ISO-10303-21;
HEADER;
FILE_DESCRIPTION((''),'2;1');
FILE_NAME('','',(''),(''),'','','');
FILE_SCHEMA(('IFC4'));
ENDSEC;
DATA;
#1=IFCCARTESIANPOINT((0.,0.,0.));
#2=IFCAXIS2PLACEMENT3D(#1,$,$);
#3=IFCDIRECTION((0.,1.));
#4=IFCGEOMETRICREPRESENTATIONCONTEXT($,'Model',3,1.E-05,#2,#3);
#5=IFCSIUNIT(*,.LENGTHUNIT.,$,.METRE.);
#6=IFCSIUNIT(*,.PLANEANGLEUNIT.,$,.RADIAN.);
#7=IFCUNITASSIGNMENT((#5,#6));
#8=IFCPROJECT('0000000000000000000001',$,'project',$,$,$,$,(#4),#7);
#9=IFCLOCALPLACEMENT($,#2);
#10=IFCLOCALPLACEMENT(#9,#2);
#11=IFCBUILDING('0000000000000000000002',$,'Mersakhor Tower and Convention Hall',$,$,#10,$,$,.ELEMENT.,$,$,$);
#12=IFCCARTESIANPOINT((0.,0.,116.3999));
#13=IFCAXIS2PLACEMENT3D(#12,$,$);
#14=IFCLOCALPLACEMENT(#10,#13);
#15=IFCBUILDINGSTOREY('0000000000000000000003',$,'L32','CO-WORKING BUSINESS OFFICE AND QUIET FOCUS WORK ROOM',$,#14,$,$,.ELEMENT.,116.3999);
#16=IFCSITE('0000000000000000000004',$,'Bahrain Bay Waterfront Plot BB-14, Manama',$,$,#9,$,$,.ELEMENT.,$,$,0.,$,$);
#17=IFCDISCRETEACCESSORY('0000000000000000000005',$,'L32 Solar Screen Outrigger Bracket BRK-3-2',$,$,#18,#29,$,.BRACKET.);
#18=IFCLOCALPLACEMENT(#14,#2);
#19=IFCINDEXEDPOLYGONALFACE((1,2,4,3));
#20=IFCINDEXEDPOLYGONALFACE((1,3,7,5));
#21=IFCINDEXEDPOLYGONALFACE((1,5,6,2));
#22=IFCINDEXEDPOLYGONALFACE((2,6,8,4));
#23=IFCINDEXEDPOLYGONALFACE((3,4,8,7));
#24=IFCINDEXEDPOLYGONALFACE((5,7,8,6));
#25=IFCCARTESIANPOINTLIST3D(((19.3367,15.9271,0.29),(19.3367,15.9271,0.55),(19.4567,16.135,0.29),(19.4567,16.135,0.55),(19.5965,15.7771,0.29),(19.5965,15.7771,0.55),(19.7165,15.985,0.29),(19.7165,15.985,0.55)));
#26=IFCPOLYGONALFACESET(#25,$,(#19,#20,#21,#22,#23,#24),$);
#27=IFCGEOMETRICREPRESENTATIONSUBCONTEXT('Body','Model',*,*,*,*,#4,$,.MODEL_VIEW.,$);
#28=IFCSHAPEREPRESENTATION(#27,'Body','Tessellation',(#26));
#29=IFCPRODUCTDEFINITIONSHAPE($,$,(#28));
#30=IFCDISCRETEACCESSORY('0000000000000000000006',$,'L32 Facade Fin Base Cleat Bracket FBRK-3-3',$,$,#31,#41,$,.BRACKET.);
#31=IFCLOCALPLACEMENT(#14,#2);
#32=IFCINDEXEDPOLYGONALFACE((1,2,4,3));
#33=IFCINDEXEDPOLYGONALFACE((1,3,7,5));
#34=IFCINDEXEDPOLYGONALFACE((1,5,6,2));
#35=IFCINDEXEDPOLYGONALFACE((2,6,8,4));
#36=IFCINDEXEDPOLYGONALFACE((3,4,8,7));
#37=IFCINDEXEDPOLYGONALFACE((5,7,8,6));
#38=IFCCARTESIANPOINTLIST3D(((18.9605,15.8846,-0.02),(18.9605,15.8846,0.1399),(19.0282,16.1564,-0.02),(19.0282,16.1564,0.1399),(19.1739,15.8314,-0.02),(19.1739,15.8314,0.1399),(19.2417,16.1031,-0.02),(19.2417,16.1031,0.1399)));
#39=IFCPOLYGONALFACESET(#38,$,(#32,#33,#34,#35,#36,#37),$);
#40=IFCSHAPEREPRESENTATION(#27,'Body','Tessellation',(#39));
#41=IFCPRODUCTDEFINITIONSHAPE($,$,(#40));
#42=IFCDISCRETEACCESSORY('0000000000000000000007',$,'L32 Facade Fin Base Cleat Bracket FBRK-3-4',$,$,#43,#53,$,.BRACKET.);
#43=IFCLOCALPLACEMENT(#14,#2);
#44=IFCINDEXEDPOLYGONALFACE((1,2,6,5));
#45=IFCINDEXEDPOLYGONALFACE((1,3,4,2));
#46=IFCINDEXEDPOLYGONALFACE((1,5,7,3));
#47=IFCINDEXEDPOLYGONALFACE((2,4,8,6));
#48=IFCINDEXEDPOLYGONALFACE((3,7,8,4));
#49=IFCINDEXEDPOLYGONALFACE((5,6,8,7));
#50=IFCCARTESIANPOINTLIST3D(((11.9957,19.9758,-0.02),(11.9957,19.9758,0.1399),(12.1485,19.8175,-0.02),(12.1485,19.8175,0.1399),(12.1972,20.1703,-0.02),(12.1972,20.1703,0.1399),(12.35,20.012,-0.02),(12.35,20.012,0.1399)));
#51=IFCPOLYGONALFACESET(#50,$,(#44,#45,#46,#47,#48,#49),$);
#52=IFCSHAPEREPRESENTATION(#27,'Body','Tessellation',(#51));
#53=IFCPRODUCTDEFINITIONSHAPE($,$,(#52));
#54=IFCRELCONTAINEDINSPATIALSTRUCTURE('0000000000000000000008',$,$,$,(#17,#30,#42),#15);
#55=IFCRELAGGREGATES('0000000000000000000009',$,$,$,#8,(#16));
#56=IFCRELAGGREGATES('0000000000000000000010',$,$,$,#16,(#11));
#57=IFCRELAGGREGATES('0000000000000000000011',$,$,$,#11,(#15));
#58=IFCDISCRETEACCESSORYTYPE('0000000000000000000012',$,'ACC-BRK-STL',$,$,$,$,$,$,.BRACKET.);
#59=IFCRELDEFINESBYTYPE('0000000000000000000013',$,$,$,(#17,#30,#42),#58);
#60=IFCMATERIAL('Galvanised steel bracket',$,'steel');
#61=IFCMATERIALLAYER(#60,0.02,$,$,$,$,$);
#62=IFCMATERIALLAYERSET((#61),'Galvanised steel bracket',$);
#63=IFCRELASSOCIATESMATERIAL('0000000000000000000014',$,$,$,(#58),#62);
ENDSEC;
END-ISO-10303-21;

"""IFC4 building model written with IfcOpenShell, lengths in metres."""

from ifc_helpers import new_model, si_unit, direction, frame, origin, origin_2d, place, context, subcontext, project, spatial, rectangle, extrude, material, layer, layer_set, type_object, element, save


model = new_model("IFC4")

# Units and contexts
model_context = context("Model", 3, precision=1e-05, world=origin(), true_north=direction((0.0, 1.0)))
body_context = subcontext(model_context, "Body", "Model", "MODEL_VIEW")
ifc_project = project(units=[si_unit("LENGTHUNIT", "METRE"), si_unit("PLANEANGLEUNIT", "RADIAN")], contexts=[model_context])

# Site, building, storey
site_placement = place(None, origin())
site = spatial("IfcSite", under=ifc_project, at=site_placement, Name="Bahrain Bay Waterfront Plot BB-14, Manama", CompositionType="ELEMENT", RefElevation=0.0)
building_placement = place(site_placement, origin())
building = spatial("IfcBuilding", under=site, at=building_placement, Name="Mersakhor Tower and Convention Hall", CompositionType="ELEMENT")
storey_placement = place(building_placement, frame((0.0, 0.0, 116.3999)))
storey = spatial("IfcBuildingStorey", under=building, at=storey_placement, Name="L32", Description="CO-WORKING BUSINESS OFFICE AND QUIET FOCUS WORK ROOM", CompositionType="ELEMENT", Elevation=116.3999)

# Discrete accessories
ifc_material_1 = material(Name="Galvanised steel bracket", Category="steel")
ifc_layer_1 = layer(ifc_material_1, 0.02)
ifc_layer_set_1 = layer_set([ifc_layer_1], Name="Galvanised steel bracket")
discrete_accessory_type = type_object("IfcDiscreteAccessoryType", Name="ACC-BRK-STL", PredefinedType="BRACKET", material=ifc_layer_set_1)
discrete_accessory_placement = place(storey_placement, frame((19.5266, 15.9561, 0.29), z_axis=(0.0, 0.0, 1.0), x_axis=(-0.866025, 0.5, 0.0)))
element("IfcDiscreteAccessory", 1, at=discrete_accessory_placement, inside=storey, type_object=discrete_accessory_type, Name="L32 Solar Screen Outrigger Bracket BRK-3-2", PredefinedType="BRACKET", context=body_context, shape_type="SweptSolid", body=[
    extrude(rectangle(XDim=0.3, YDim=0.24, at=origin_2d()), origin(), (0.0, 0.0, 1.0), 0.26),
])
for number, where, z_axis, x_axis, name in (
    (2, (19.1011, 15.9939, -0.02), (0.0, 0.0, 1.0), (-0.241922, -0.970296, 0.0), "L32 Facade Fin Base Cleat Bracket FBRK-3-3"),
    (3, (12.1729, 19.9939, -0.02), (0.0, 0.0, 1.0), (-0.71934, -0.694658, 0.0), "L32 Facade Fin Base Cleat Bracket FBRK-3-4"),
):
    element("IfcDiscreteAccessory", number, at=place(storey_placement, frame(where, z_axis=z_axis, x_axis=x_axis)), inside=storey, type_object=discrete_accessory_type, Name=name, PredefinedType="BRACKET", context=body_context, shape_type="SweptSolid", body=[
        extrude(rectangle(XDim=0.28, YDim=0.22, at=origin_2d()), origin(), (0.0, 0.0, 1.0), 0.1599),
    ])

save(model, "model.ifc")
